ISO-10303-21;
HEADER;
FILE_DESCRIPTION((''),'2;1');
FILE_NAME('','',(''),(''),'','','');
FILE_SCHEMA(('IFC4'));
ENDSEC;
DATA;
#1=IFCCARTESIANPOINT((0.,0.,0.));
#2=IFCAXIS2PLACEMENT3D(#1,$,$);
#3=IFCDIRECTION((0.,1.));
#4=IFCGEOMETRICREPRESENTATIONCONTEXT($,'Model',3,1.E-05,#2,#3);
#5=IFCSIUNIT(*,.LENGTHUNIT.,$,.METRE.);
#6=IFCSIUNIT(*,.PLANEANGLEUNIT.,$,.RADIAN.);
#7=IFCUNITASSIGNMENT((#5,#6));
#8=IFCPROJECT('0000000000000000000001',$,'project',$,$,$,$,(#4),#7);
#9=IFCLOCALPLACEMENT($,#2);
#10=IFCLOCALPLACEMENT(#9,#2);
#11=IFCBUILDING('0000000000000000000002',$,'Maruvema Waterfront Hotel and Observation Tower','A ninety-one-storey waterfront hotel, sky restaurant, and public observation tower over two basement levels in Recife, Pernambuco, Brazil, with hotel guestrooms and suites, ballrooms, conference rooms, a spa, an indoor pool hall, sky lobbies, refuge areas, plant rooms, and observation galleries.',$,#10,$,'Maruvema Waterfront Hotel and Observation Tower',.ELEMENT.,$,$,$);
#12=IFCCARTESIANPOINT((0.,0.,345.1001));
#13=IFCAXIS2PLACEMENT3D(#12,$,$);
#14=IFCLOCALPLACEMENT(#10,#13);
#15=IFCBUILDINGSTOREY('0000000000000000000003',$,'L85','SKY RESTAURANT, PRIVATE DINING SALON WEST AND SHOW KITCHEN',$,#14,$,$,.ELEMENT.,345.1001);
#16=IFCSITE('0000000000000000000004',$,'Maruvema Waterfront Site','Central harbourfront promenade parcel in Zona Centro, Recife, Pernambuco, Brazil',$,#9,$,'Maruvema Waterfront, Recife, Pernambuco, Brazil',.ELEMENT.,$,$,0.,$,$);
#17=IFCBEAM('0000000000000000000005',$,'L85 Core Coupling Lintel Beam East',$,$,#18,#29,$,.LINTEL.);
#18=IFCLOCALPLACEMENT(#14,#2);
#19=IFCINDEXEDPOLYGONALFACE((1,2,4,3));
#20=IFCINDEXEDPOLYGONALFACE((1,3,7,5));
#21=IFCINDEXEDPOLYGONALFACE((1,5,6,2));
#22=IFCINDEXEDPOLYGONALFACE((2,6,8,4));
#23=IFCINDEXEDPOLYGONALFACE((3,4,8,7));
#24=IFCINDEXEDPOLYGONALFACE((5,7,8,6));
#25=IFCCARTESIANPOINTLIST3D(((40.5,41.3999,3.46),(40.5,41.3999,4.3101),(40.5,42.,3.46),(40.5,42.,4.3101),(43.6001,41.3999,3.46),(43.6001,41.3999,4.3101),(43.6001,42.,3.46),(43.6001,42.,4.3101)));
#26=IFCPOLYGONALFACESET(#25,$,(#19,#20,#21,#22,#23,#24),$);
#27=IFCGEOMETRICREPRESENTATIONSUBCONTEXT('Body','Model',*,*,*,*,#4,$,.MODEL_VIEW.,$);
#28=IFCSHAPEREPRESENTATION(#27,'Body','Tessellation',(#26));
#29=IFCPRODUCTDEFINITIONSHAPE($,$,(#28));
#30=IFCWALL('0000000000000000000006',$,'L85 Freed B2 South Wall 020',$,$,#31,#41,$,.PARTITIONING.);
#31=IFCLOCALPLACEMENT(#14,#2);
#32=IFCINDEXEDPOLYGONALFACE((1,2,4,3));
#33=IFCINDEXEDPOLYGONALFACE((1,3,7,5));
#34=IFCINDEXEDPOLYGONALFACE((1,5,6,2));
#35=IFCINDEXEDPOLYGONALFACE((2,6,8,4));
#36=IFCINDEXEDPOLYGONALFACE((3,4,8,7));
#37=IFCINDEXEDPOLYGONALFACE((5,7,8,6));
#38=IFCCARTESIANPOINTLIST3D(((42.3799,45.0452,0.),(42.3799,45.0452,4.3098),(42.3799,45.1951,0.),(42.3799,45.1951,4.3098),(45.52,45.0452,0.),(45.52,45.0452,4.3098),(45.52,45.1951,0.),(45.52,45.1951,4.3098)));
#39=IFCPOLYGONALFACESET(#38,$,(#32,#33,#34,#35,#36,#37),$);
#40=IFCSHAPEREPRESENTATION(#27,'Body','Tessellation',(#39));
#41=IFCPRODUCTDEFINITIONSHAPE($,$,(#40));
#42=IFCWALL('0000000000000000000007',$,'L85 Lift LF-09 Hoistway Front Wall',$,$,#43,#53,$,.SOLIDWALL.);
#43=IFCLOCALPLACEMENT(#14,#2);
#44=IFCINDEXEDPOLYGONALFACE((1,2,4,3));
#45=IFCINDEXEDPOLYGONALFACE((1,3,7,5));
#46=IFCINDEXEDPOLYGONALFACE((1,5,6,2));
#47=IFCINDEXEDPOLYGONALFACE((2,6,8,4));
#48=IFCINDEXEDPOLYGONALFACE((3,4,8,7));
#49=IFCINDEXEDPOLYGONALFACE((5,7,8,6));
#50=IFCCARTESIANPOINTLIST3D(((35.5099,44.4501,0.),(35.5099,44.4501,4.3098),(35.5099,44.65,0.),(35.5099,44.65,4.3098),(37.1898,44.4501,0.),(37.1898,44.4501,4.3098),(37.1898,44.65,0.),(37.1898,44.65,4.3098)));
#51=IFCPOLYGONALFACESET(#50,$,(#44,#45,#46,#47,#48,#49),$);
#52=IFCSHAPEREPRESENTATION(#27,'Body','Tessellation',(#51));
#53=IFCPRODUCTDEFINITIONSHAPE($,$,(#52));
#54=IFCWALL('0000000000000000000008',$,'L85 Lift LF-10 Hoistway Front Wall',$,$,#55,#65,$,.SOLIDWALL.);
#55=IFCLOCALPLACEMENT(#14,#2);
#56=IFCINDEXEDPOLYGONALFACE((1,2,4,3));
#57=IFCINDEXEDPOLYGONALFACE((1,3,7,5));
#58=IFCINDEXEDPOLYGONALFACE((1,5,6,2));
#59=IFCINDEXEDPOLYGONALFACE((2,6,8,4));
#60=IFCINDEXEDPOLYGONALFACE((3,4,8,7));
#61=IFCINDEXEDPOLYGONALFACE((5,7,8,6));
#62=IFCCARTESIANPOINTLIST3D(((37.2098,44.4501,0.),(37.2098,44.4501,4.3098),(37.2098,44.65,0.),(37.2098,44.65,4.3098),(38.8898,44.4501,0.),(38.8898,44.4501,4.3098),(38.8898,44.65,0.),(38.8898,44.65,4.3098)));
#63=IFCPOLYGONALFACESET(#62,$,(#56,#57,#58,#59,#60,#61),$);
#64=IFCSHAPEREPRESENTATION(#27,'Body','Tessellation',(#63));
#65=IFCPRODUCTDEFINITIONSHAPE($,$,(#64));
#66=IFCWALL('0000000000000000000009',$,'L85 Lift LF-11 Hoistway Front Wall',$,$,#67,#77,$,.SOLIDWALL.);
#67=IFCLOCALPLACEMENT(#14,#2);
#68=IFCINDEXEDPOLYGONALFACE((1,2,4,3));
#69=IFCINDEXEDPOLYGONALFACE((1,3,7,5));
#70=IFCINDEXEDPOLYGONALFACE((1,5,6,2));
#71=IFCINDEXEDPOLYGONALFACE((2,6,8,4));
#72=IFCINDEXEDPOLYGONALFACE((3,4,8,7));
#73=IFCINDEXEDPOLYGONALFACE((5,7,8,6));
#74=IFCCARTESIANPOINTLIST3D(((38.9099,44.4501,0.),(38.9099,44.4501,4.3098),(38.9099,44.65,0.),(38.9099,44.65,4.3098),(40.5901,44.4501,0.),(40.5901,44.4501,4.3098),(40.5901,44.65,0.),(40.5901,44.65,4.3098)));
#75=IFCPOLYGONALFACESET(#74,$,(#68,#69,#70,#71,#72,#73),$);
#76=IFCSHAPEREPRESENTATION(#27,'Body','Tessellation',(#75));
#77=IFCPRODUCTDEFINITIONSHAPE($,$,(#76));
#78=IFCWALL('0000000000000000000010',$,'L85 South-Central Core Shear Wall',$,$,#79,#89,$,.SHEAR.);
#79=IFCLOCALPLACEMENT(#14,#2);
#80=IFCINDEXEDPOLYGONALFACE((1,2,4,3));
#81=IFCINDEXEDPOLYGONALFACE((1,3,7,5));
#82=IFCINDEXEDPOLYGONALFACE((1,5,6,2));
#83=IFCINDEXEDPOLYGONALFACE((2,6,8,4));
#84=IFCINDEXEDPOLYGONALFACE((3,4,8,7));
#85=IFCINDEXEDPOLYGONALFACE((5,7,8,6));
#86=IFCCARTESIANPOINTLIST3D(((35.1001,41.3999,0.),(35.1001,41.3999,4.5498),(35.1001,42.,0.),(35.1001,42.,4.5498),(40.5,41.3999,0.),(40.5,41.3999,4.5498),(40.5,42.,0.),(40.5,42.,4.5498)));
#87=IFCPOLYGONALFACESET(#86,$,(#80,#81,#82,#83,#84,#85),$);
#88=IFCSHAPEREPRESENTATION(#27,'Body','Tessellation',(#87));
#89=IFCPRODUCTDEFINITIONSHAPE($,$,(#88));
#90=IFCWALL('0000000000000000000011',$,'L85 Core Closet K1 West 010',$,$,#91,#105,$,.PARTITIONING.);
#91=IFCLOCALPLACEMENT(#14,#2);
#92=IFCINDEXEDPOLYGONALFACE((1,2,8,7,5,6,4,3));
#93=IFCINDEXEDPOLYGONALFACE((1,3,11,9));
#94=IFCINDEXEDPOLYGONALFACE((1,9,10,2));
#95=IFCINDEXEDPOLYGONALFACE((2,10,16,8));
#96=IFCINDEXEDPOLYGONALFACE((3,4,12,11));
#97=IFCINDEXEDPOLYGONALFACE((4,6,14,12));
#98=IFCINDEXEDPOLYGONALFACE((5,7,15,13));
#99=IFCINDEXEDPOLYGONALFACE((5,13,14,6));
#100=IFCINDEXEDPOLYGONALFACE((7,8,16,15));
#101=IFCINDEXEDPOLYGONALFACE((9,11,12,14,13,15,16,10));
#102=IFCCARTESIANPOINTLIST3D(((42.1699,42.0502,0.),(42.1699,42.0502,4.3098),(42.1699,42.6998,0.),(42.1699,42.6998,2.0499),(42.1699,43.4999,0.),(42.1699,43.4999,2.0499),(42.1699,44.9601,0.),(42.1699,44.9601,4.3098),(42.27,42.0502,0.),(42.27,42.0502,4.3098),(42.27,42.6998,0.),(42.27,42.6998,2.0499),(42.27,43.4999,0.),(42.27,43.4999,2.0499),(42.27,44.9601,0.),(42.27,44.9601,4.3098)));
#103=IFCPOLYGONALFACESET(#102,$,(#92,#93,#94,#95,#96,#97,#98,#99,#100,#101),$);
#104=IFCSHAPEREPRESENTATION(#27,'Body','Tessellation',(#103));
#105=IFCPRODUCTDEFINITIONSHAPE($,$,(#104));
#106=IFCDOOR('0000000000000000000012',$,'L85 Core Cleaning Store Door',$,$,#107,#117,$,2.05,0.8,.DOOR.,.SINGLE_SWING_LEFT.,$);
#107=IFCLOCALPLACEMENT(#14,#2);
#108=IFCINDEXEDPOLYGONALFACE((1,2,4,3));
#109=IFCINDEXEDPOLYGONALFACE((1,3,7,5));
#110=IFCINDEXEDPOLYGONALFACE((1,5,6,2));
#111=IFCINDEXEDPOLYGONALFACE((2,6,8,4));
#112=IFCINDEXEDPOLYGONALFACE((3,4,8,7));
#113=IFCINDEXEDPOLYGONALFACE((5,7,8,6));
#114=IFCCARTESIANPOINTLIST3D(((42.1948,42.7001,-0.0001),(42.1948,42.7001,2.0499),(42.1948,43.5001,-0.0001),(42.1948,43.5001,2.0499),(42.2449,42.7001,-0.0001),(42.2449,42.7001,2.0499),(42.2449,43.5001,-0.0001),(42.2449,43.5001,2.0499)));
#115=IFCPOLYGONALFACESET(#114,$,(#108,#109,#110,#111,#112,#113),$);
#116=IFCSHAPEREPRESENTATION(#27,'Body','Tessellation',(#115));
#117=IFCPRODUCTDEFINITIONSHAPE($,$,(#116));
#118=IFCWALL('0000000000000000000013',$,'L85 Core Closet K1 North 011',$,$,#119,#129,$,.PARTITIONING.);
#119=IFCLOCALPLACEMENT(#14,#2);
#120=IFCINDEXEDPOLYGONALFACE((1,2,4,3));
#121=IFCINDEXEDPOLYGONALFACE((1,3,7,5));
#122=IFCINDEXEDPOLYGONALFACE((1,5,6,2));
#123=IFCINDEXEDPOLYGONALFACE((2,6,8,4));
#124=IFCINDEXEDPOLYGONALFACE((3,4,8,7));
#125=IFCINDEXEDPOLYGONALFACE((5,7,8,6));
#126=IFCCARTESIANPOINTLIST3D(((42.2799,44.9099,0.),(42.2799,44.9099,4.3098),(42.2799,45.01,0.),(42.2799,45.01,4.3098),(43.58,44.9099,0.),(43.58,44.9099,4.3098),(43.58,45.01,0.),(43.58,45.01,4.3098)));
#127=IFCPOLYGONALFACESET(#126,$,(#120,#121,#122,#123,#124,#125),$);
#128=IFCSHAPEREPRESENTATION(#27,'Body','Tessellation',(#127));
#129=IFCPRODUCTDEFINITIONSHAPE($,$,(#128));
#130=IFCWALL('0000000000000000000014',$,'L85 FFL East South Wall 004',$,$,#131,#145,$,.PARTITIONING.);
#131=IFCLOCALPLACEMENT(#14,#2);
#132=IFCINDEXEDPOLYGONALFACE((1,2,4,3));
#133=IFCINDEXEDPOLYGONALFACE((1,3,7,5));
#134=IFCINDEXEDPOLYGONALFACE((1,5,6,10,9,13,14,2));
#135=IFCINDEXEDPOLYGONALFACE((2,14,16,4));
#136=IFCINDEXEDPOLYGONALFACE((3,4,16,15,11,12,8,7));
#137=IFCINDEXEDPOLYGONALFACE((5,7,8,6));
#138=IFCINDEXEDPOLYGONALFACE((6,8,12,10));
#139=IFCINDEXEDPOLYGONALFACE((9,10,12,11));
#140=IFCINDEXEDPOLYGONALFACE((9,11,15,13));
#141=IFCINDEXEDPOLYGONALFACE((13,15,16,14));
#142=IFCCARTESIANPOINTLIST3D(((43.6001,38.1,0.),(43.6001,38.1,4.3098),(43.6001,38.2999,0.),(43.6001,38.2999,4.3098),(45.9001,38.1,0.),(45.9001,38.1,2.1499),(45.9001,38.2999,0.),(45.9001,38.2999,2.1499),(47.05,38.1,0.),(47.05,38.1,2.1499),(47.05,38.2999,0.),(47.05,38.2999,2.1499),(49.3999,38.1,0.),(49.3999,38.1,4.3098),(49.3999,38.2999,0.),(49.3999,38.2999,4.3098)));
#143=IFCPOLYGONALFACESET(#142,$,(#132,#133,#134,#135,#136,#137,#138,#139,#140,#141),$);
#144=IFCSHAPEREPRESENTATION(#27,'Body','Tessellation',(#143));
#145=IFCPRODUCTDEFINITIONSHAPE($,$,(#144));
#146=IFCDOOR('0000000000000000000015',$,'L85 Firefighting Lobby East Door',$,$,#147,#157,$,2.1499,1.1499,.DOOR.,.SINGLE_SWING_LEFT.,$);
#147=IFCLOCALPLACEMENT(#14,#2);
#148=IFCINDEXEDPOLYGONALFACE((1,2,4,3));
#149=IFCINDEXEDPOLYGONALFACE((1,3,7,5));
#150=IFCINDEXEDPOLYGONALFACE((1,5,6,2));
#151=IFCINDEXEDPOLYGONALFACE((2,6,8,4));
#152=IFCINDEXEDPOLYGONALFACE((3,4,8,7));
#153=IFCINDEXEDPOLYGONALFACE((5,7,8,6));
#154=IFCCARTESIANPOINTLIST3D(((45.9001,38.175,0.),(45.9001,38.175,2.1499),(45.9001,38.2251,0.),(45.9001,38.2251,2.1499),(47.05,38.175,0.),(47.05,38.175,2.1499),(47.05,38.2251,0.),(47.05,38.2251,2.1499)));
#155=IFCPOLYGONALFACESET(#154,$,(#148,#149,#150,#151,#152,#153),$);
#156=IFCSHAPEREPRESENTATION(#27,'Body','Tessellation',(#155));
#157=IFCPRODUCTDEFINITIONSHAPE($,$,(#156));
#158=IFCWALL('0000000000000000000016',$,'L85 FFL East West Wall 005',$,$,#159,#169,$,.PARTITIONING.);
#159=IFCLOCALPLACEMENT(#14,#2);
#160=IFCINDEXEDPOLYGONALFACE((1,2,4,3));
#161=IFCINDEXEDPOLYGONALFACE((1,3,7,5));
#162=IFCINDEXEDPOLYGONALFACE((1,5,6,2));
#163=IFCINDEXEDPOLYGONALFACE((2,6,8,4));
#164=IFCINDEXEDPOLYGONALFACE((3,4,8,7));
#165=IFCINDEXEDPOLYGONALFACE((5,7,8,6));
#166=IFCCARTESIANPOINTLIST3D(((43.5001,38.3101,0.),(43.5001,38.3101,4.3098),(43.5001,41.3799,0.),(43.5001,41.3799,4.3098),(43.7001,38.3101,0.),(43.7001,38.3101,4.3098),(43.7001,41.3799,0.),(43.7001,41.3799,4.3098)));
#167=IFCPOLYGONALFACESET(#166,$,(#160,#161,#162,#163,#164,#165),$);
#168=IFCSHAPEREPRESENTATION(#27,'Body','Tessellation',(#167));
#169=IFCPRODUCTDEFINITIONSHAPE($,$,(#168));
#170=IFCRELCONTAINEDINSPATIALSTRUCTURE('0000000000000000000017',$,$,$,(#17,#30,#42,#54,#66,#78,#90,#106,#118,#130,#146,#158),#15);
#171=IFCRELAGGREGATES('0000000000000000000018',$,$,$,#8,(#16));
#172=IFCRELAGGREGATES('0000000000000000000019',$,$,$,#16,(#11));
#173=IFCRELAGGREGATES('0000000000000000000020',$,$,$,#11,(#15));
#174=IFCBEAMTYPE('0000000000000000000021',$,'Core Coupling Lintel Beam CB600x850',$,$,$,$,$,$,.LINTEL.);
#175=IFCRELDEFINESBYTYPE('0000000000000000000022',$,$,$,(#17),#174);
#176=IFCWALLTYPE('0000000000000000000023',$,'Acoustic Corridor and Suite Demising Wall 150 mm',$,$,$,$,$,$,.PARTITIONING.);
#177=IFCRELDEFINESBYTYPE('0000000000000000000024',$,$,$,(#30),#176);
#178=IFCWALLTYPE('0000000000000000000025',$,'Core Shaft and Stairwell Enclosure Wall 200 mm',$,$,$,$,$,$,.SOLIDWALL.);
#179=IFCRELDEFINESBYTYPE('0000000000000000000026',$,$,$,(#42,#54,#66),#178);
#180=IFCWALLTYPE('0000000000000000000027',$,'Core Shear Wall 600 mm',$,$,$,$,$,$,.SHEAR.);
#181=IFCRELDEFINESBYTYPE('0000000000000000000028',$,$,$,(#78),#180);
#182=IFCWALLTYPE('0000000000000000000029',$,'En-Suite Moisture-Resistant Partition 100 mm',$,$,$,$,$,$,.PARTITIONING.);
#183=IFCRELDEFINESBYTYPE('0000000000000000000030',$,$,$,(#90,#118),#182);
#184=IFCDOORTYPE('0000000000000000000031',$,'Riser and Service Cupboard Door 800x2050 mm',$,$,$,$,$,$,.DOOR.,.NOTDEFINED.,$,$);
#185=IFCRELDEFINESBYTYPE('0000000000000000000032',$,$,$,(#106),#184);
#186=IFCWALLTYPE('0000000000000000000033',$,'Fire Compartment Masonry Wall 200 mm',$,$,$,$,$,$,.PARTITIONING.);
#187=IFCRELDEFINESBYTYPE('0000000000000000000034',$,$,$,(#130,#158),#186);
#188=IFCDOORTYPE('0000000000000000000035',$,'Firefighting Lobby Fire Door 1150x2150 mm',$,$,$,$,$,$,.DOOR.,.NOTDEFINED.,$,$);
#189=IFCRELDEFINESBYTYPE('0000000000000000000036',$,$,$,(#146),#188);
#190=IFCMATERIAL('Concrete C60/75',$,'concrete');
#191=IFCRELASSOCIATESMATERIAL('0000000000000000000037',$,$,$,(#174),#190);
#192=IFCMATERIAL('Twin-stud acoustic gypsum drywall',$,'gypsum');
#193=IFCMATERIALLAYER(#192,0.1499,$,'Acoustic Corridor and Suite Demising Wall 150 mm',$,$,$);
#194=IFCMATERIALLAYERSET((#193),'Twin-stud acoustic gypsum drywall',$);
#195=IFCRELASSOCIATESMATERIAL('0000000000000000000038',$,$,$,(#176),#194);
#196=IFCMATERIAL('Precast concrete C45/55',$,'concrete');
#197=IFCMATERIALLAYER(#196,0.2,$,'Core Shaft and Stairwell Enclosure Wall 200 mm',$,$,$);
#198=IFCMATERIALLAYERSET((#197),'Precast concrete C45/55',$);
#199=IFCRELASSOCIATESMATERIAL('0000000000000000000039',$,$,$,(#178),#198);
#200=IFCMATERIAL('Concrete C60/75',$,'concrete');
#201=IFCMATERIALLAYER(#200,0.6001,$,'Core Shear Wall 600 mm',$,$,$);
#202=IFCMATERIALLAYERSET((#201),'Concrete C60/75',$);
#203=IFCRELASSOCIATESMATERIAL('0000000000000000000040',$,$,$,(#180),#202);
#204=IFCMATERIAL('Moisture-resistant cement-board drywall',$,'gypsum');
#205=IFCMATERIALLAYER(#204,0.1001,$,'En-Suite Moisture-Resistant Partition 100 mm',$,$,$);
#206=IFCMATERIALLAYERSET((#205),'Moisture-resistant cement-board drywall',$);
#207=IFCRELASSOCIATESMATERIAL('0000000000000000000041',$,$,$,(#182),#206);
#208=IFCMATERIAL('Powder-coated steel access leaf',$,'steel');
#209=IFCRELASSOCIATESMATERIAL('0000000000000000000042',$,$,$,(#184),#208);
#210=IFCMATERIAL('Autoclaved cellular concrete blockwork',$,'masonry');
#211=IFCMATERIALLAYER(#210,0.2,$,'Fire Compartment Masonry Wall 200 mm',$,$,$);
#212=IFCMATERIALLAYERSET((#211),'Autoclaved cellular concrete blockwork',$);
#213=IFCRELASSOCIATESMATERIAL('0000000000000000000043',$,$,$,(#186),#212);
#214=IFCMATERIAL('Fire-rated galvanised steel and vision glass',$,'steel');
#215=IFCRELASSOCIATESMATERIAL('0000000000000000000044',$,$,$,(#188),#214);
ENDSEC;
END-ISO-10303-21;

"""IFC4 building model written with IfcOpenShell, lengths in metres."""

from ifc_helpers import new_model, si_unit, direction, frame, frame_2d, origin, origin_2d, place, context, subcontext, project, spatial, rectangle, extrude, material, layer, layer_set, material_profile, profile_set, type_object, element, fill, save


model = new_model("IFC4")

# Units and contexts
model_context = context("Model", 3, precision=1e-05, world=origin(), true_north=direction((0.0, 1.0)))
body_context = subcontext(model_context, "Body", "Model", "MODEL_VIEW")
ifc_project = project(units=[si_unit("LENGTHUNIT", "METRE"), si_unit("PLANEANGLEUNIT", "RADIAN")], contexts=[model_context])

# Site, building, storey
site_placement = place(None, origin())
site = spatial("IfcSite", under=ifc_project, at=site_placement, Name="Maruvema Waterfront Site", Description="Central harbourfront promenade parcel in Zona Centro, Recife, Pernambuco, Brazil", LongName="Maruvema Waterfront, Recife, Pernambuco, Brazil", CompositionType="ELEMENT", RefElevation=0.0)
building_placement = place(site_placement, origin())
building = spatial("IfcBuilding", under=site, at=building_placement, Name="Maruvema Waterfront Hotel and Observation Tower", Description="A ninety-one-storey waterfront hotel, sky restaurant, and public observation tower over two basement levels in Recife, Pernambuco, Brazil, with hotel guestrooms and suites, ballrooms, conference rooms, a spa, an indoor pool hall, sky lobbies, refuge areas, plant rooms, and observation galleries.", LongName="Maruvema Waterfront Hotel and Observation Tower", CompositionType="ELEMENT")
storey_placement = place(building_placement, frame((0.0, 0.0, 345.1001)))
storey = spatial("IfcBuildingStorey", under=building, at=storey_placement, Name="L85", Description="SKY RESTAURANT, PRIVATE DINING SALON WEST AND SHOW KITCHEN", CompositionType="ELEMENT", Elevation=345.1001)

# Beam
ifc_material_1 = material(Name="Concrete C60/75", Category="concrete")
ifc_material_profile = material_profile(ifc_material_1, rectangle(XDim=0.6001, YDim=0.8501, at=origin_2d()), Name="CB600x850")
ifc_profile_set = profile_set([ifc_material_profile], Name="Concrete C60/75")
beam_type = type_object("IfcBeamType", Name="Core Coupling Lintel Beam CB600x850", PredefinedType="LINTEL", material=ifc_profile_set)
beam_placement = place(storey_placement, frame((40.5, 41.7, 3.885), z_axis=(1.0, 0.0, 0.0), x_axis=(0.0, 1.0, 0.0)))
element("IfcBeam", 1, at=beam_placement, inside=storey, type_object=beam_type, Name="L85 Core Coupling Lintel Beam East", PredefinedType="LINTEL", context=body_context, shape_type="SweptSolid", body=[
    extrude(rectangle(XDim=0.6001, YDim=0.8501, at=origin_2d()), origin(), (0.0, 0.0, 1.0), 3.1001),
])

# Walls
ifc_material_2 = material(Name="Twin-stud acoustic gypsum drywall", Category="gypsum")
ifc_layer_1 = layer(ifc_material_2, 0.1499, Name="Acoustic Corridor and Suite Demising Wall 150 mm")
ifc_layer_set_1 = layer_set([ifc_layer_1], Name="Twin-stud acoustic gypsum drywall")
wall_type_1 = type_object("IfcWallType", Name="Acoustic Corridor and Suite Demising Wall 150 mm", PredefinedType="PARTITIONING", material=ifc_layer_set_1)
wall_1_placement = place(storey_placement, frame((42.3799, 45.1201, 0.0), z_axis=(0.0, 0.0, 1.0), x_axis=(1.0, 0.0, 0.0)))
element("IfcWall", 2, at=wall_1_placement, inside=storey, type_object=wall_type_1, Name="L85 Freed B2 South Wall 020", PredefinedType="PARTITIONING", context=body_context, shape_type="SweptSolid", body=[
    extrude(rectangle(XDim=3.1401, YDim=0.1499, at=frame_2d((1.5701, 0.0))), origin(), (0.0, 0.0, 1.0), 4.3098),
])
ifc_material_3 = material(Name="Precast concrete C45/55", Category="concrete")
ifc_layer_2 = layer(ifc_material_3, 0.2, Name="Core Shaft and Stairwell Enclosure Wall 200 mm")
ifc_layer_set_2 = layer_set([ifc_layer_2], Name="Precast concrete C45/55")
wall_type_2 = type_object("IfcWallType", Name="Core Shaft and Stairwell Enclosure Wall 200 mm", PredefinedType="SOLIDWALL", material=ifc_layer_set_2)
for number, where, z_axis, x_axis, name in (
    (3, (35.51, 44.55, 0.0), (0.0, 0.0, 1.0), (1.0, 0.0, 0.0), "L85 Lift LF-09 Hoistway Front Wall"),
    (4, (37.21, 44.55, 0.0), (0.0, 0.0, 1.0), (1.0, 0.0, 0.0), "L85 Lift LF-10 Hoistway Front Wall"),
):
    element("IfcWall", number, at=place(storey_placement, frame(where, z_axis=z_axis, x_axis=x_axis)), inside=storey, type_object=wall_type_2, Name=name, PredefinedType="SOLIDWALL", context=body_context, shape_type="SweptSolid", body=[
        extrude(rectangle(XDim=1.6799, YDim=0.2, at=frame_2d((0.8398, 0.0))), origin(), (0.0, 0.0, 1.0), 4.3098),
    ])
wall_2_placement = place(storey_placement, frame((38.9099, 44.55, 0.0), z_axis=(0.0, 0.0, 1.0), x_axis=(1.0, 0.0, 0.0)))
element("IfcWall", 5, at=wall_2_placement, inside=storey, type_object=wall_type_2, Name="L85 Lift LF-11 Hoistway Front Wall", PredefinedType="SOLIDWALL", context=body_context, shape_type="SweptSolid", body=[
    extrude(rectangle(XDim=1.6802, YDim=0.2, at=frame_2d((0.8401, 0.0))), origin(), (0.0, 0.0, 1.0), 4.3098),
])
ifc_material_4 = material(Name="Concrete C60/75", Category="concrete")
ifc_layer_3 = layer(ifc_material_4, 0.6001, Name="Core Shear Wall 600 mm")
ifc_layer_set_3 = layer_set([ifc_layer_3], Name="Concrete C60/75")
wall_type_3 = type_object("IfcWallType", Name="Core Shear Wall 600 mm", PredefinedType="SHEAR", material=ifc_layer_set_3)
wall_3_placement = place(storey_placement, frame((35.1001, 41.7, 0.0), z_axis=(0.0, 0.0, 1.0), x_axis=(1.0, 0.0, 0.0)))
element("IfcWall", 6, at=wall_3_placement, inside=storey, type_object=wall_type_3, Name="L85 South-Central Core Shear Wall", PredefinedType="SHEAR", context=body_context, shape_type="SweptSolid", body=[
    extrude(rectangle(XDim=5.3999, YDim=0.6001, at=frame_2d((2.7, 0.0))), origin(), (0.0, 0.0, 1.0), 4.5498),
])

# Wall, opening, door
ifc_material_5 = material(Name="Moisture-resistant cement-board drywall", Category="gypsum")
ifc_layer_4 = layer(ifc_material_5, 0.1001, Name="En-Suite Moisture-Resistant Partition 100 mm")
ifc_layer_set_4 = layer_set([ifc_layer_4], Name="Moisture-resistant cement-board drywall")
wall_type_4 = type_object("IfcWallType", Name="En-Suite Moisture-Resistant Partition 100 mm", PredefinedType="PARTITIONING", material=ifc_layer_set_4)
wall_4_placement = place(storey_placement, frame((42.22, 42.05, 0.0), z_axis=(0.0, 0.0, 1.0), x_axis=(0.0, 1.0, 0.0)))
wall_4 = element("IfcWall", 7, at=wall_4_placement, inside=storey, type_object=wall_type_4, Name="L85 Core Closet K1 West 010", PredefinedType="PARTITIONING", context=body_context, shape_type="SweptSolid", body=[
    extrude(rectangle(XDim=2.9099, YDim=0.1001, at=frame_2d((1.4551, 0.0))), origin(), (0.0, 0.0, 1.0), 4.3098),
])
opening_1_placement = place(wall_4_placement, frame((0.6499, 0.0, 0.0)))
opening_1 = element("IfcOpeningElement", 8, at=opening_1_placement, cuts=wall_4, PredefinedType="OPENING", context=body_context, shape_type="SweptSolid", body=[
    extrude(rectangle(XDim=0.8, YDim=2.05, at=frame_2d((0.3999, 1.0249))), frame((0.0, 0.0601, 0.0), z_axis=(0.0, -1.0, 0.0), x_axis=(1.0, 0.0, 0.0)), (0.0, 0.0, 1.0), 0.1201),
])
ifc_material_6 = material(Name="Powder-coated steel access leaf", Category="steel")
door_type_1 = type_object("IfcDoorType", Name="Riser and Service Cupboard Door 800x2050 mm", OperationType="NOTDEFINED", PredefinedType="DOOR", material=ifc_material_6)
door_1_placement = place(opening_1_placement, frame((0.8, 0.0, 0.0), z_axis=(0.0, 0.0, 1.0), x_axis=(-1.0, 0.0, 0.0)))
door_1 = element("IfcDoor", 9, at=door_1_placement, inside=storey, type_object=door_type_1, Name="L85 Core Cleaning Store Door", OperationType="SINGLE_SWING_LEFT", OverallHeight=2.05, OverallWidth=0.8, PredefinedType="DOOR", context=body_context, shape_type="SweptSolid", body=[
    extrude(rectangle(XDim=0.8, YDim=2.05, at=frame_2d((0.3999, 1.0249))), frame((0.0, 0.0249, 0.0), z_axis=(0.0, -1.0, 0.0), x_axis=(1.0, 0.0, 0.0)), (0.0, 0.0, 1.0), 0.05),
])
fill(opening_1, door_1)

# Wall
wall_5_placement = place(storey_placement, frame((42.28, 44.96, 0.0), z_axis=(0.0, 0.0, 1.0), x_axis=(1.0, 0.0, 0.0)))
element("IfcWall", 10, at=wall_5_placement, inside=storey, type_object=wall_type_4, Name="L85 Core Closet K1 North 011", PredefinedType="PARTITIONING", context=body_context, shape_type="SweptSolid", body=[
    extrude(rectangle(XDim=1.3, YDim=0.1001, at=frame_2d((0.6499, 0.0))), origin(), (0.0, 0.0, 1.0), 4.3098),
])

# Wall, opening, door
ifc_material_7 = material(Name="Autoclaved cellular concrete blockwork", Category="masonry")
ifc_layer_5 = layer(ifc_material_7, 0.2, Name="Fire Compartment Masonry Wall 200 mm")
ifc_layer_set_5 = layer_set([ifc_layer_5], Name="Autoclaved cellular concrete blockwork")
wall_type_5 = type_object("IfcWallType", Name="Fire Compartment Masonry Wall 200 mm", PredefinedType="PARTITIONING", material=ifc_layer_set_5)
wall_6_placement = place(storey_placement, frame((43.6001, 38.2, 0.0), z_axis=(0.0, 0.0, 1.0), x_axis=(1.0, 0.0, 0.0)))
wall_6 = element("IfcWall", 11, at=wall_6_placement, inside=storey, type_object=wall_type_5, Name="L85 FFL East South Wall 004", PredefinedType="PARTITIONING", context=body_context, shape_type="SweptSolid", body=[
    extrude(rectangle(XDim=5.7998, YDim=0.2, at=frame_2d((2.8999, 0.0))), origin(), (0.0, 0.0, 1.0), 4.3098),
])
opening_2_placement = place(wall_6_placement, frame((2.3, 0.0, 0.0)))
opening_2 = element("IfcOpeningElement", 12, at=opening_2_placement, cuts=wall_6, PredefinedType="OPENING", context=body_context, shape_type="SweptSolid", body=[
    extrude(rectangle(XDim=1.1499, YDim=2.1499, at=frame_2d((0.575, 1.075))), frame((0.0, 0.1099, 0.0), z_axis=(0.0, -1.0, 0.0), x_axis=(1.0, 0.0, 0.0)), (0.0, 0.0, 1.0), 0.22),
])
ifc_material_8 = material(Name="Fire-rated galvanised steel and vision glass", Category="steel")
door_type_2 = type_object("IfcDoorType", Name="Firefighting Lobby Fire Door 1150x2150 mm", OperationType="NOTDEFINED", PredefinedType="DOOR", material=ifc_material_8)
door_2_placement = place(opening_2_placement, frame((1.1499, 0.0, 0.0), z_axis=(0.0, 0.0, 1.0), x_axis=(-1.0, 0.0, 0.0)))
door_2 = element("IfcDoor", 13, at=door_2_placement, inside=storey, type_object=door_type_2, Name="L85 Firefighting Lobby East Door", OperationType="SINGLE_SWING_LEFT", OverallHeight=2.1499, OverallWidth=1.1499, PredefinedType="DOOR", context=body_context, shape_type="SweptSolid", body=[
    extrude(rectangle(XDim=1.1499, YDim=2.1499, at=frame_2d((0.575, 1.075))), frame((0.0, 0.0249, 0.0), z_axis=(0.0, -1.0, 0.0), x_axis=(1.0, 0.0, 0.0)), (0.0, 0.0, 1.0), 0.05),
])
fill(opening_2, door_2)

# Wall
wall_7_placement = place(storey_placement, frame((43.6001, 38.3101, 0.0), z_axis=(0.0, 0.0, 1.0), x_axis=(0.0, 1.0, 0.0)))
element("IfcWall", 14, at=wall_7_placement, inside=storey, type_object=wall_type_5, Name="L85 FFL East West Wall 005", PredefinedType="PARTITIONING", context=body_context, shape_type="SweptSolid", body=[
    extrude(rectangle(XDim=3.0698, YDim=0.2, at=frame_2d((1.5349, 0.0))), origin(), (0.0, 0.0, 1.0), 4.3098),
])

save(model, "model.ifc")
